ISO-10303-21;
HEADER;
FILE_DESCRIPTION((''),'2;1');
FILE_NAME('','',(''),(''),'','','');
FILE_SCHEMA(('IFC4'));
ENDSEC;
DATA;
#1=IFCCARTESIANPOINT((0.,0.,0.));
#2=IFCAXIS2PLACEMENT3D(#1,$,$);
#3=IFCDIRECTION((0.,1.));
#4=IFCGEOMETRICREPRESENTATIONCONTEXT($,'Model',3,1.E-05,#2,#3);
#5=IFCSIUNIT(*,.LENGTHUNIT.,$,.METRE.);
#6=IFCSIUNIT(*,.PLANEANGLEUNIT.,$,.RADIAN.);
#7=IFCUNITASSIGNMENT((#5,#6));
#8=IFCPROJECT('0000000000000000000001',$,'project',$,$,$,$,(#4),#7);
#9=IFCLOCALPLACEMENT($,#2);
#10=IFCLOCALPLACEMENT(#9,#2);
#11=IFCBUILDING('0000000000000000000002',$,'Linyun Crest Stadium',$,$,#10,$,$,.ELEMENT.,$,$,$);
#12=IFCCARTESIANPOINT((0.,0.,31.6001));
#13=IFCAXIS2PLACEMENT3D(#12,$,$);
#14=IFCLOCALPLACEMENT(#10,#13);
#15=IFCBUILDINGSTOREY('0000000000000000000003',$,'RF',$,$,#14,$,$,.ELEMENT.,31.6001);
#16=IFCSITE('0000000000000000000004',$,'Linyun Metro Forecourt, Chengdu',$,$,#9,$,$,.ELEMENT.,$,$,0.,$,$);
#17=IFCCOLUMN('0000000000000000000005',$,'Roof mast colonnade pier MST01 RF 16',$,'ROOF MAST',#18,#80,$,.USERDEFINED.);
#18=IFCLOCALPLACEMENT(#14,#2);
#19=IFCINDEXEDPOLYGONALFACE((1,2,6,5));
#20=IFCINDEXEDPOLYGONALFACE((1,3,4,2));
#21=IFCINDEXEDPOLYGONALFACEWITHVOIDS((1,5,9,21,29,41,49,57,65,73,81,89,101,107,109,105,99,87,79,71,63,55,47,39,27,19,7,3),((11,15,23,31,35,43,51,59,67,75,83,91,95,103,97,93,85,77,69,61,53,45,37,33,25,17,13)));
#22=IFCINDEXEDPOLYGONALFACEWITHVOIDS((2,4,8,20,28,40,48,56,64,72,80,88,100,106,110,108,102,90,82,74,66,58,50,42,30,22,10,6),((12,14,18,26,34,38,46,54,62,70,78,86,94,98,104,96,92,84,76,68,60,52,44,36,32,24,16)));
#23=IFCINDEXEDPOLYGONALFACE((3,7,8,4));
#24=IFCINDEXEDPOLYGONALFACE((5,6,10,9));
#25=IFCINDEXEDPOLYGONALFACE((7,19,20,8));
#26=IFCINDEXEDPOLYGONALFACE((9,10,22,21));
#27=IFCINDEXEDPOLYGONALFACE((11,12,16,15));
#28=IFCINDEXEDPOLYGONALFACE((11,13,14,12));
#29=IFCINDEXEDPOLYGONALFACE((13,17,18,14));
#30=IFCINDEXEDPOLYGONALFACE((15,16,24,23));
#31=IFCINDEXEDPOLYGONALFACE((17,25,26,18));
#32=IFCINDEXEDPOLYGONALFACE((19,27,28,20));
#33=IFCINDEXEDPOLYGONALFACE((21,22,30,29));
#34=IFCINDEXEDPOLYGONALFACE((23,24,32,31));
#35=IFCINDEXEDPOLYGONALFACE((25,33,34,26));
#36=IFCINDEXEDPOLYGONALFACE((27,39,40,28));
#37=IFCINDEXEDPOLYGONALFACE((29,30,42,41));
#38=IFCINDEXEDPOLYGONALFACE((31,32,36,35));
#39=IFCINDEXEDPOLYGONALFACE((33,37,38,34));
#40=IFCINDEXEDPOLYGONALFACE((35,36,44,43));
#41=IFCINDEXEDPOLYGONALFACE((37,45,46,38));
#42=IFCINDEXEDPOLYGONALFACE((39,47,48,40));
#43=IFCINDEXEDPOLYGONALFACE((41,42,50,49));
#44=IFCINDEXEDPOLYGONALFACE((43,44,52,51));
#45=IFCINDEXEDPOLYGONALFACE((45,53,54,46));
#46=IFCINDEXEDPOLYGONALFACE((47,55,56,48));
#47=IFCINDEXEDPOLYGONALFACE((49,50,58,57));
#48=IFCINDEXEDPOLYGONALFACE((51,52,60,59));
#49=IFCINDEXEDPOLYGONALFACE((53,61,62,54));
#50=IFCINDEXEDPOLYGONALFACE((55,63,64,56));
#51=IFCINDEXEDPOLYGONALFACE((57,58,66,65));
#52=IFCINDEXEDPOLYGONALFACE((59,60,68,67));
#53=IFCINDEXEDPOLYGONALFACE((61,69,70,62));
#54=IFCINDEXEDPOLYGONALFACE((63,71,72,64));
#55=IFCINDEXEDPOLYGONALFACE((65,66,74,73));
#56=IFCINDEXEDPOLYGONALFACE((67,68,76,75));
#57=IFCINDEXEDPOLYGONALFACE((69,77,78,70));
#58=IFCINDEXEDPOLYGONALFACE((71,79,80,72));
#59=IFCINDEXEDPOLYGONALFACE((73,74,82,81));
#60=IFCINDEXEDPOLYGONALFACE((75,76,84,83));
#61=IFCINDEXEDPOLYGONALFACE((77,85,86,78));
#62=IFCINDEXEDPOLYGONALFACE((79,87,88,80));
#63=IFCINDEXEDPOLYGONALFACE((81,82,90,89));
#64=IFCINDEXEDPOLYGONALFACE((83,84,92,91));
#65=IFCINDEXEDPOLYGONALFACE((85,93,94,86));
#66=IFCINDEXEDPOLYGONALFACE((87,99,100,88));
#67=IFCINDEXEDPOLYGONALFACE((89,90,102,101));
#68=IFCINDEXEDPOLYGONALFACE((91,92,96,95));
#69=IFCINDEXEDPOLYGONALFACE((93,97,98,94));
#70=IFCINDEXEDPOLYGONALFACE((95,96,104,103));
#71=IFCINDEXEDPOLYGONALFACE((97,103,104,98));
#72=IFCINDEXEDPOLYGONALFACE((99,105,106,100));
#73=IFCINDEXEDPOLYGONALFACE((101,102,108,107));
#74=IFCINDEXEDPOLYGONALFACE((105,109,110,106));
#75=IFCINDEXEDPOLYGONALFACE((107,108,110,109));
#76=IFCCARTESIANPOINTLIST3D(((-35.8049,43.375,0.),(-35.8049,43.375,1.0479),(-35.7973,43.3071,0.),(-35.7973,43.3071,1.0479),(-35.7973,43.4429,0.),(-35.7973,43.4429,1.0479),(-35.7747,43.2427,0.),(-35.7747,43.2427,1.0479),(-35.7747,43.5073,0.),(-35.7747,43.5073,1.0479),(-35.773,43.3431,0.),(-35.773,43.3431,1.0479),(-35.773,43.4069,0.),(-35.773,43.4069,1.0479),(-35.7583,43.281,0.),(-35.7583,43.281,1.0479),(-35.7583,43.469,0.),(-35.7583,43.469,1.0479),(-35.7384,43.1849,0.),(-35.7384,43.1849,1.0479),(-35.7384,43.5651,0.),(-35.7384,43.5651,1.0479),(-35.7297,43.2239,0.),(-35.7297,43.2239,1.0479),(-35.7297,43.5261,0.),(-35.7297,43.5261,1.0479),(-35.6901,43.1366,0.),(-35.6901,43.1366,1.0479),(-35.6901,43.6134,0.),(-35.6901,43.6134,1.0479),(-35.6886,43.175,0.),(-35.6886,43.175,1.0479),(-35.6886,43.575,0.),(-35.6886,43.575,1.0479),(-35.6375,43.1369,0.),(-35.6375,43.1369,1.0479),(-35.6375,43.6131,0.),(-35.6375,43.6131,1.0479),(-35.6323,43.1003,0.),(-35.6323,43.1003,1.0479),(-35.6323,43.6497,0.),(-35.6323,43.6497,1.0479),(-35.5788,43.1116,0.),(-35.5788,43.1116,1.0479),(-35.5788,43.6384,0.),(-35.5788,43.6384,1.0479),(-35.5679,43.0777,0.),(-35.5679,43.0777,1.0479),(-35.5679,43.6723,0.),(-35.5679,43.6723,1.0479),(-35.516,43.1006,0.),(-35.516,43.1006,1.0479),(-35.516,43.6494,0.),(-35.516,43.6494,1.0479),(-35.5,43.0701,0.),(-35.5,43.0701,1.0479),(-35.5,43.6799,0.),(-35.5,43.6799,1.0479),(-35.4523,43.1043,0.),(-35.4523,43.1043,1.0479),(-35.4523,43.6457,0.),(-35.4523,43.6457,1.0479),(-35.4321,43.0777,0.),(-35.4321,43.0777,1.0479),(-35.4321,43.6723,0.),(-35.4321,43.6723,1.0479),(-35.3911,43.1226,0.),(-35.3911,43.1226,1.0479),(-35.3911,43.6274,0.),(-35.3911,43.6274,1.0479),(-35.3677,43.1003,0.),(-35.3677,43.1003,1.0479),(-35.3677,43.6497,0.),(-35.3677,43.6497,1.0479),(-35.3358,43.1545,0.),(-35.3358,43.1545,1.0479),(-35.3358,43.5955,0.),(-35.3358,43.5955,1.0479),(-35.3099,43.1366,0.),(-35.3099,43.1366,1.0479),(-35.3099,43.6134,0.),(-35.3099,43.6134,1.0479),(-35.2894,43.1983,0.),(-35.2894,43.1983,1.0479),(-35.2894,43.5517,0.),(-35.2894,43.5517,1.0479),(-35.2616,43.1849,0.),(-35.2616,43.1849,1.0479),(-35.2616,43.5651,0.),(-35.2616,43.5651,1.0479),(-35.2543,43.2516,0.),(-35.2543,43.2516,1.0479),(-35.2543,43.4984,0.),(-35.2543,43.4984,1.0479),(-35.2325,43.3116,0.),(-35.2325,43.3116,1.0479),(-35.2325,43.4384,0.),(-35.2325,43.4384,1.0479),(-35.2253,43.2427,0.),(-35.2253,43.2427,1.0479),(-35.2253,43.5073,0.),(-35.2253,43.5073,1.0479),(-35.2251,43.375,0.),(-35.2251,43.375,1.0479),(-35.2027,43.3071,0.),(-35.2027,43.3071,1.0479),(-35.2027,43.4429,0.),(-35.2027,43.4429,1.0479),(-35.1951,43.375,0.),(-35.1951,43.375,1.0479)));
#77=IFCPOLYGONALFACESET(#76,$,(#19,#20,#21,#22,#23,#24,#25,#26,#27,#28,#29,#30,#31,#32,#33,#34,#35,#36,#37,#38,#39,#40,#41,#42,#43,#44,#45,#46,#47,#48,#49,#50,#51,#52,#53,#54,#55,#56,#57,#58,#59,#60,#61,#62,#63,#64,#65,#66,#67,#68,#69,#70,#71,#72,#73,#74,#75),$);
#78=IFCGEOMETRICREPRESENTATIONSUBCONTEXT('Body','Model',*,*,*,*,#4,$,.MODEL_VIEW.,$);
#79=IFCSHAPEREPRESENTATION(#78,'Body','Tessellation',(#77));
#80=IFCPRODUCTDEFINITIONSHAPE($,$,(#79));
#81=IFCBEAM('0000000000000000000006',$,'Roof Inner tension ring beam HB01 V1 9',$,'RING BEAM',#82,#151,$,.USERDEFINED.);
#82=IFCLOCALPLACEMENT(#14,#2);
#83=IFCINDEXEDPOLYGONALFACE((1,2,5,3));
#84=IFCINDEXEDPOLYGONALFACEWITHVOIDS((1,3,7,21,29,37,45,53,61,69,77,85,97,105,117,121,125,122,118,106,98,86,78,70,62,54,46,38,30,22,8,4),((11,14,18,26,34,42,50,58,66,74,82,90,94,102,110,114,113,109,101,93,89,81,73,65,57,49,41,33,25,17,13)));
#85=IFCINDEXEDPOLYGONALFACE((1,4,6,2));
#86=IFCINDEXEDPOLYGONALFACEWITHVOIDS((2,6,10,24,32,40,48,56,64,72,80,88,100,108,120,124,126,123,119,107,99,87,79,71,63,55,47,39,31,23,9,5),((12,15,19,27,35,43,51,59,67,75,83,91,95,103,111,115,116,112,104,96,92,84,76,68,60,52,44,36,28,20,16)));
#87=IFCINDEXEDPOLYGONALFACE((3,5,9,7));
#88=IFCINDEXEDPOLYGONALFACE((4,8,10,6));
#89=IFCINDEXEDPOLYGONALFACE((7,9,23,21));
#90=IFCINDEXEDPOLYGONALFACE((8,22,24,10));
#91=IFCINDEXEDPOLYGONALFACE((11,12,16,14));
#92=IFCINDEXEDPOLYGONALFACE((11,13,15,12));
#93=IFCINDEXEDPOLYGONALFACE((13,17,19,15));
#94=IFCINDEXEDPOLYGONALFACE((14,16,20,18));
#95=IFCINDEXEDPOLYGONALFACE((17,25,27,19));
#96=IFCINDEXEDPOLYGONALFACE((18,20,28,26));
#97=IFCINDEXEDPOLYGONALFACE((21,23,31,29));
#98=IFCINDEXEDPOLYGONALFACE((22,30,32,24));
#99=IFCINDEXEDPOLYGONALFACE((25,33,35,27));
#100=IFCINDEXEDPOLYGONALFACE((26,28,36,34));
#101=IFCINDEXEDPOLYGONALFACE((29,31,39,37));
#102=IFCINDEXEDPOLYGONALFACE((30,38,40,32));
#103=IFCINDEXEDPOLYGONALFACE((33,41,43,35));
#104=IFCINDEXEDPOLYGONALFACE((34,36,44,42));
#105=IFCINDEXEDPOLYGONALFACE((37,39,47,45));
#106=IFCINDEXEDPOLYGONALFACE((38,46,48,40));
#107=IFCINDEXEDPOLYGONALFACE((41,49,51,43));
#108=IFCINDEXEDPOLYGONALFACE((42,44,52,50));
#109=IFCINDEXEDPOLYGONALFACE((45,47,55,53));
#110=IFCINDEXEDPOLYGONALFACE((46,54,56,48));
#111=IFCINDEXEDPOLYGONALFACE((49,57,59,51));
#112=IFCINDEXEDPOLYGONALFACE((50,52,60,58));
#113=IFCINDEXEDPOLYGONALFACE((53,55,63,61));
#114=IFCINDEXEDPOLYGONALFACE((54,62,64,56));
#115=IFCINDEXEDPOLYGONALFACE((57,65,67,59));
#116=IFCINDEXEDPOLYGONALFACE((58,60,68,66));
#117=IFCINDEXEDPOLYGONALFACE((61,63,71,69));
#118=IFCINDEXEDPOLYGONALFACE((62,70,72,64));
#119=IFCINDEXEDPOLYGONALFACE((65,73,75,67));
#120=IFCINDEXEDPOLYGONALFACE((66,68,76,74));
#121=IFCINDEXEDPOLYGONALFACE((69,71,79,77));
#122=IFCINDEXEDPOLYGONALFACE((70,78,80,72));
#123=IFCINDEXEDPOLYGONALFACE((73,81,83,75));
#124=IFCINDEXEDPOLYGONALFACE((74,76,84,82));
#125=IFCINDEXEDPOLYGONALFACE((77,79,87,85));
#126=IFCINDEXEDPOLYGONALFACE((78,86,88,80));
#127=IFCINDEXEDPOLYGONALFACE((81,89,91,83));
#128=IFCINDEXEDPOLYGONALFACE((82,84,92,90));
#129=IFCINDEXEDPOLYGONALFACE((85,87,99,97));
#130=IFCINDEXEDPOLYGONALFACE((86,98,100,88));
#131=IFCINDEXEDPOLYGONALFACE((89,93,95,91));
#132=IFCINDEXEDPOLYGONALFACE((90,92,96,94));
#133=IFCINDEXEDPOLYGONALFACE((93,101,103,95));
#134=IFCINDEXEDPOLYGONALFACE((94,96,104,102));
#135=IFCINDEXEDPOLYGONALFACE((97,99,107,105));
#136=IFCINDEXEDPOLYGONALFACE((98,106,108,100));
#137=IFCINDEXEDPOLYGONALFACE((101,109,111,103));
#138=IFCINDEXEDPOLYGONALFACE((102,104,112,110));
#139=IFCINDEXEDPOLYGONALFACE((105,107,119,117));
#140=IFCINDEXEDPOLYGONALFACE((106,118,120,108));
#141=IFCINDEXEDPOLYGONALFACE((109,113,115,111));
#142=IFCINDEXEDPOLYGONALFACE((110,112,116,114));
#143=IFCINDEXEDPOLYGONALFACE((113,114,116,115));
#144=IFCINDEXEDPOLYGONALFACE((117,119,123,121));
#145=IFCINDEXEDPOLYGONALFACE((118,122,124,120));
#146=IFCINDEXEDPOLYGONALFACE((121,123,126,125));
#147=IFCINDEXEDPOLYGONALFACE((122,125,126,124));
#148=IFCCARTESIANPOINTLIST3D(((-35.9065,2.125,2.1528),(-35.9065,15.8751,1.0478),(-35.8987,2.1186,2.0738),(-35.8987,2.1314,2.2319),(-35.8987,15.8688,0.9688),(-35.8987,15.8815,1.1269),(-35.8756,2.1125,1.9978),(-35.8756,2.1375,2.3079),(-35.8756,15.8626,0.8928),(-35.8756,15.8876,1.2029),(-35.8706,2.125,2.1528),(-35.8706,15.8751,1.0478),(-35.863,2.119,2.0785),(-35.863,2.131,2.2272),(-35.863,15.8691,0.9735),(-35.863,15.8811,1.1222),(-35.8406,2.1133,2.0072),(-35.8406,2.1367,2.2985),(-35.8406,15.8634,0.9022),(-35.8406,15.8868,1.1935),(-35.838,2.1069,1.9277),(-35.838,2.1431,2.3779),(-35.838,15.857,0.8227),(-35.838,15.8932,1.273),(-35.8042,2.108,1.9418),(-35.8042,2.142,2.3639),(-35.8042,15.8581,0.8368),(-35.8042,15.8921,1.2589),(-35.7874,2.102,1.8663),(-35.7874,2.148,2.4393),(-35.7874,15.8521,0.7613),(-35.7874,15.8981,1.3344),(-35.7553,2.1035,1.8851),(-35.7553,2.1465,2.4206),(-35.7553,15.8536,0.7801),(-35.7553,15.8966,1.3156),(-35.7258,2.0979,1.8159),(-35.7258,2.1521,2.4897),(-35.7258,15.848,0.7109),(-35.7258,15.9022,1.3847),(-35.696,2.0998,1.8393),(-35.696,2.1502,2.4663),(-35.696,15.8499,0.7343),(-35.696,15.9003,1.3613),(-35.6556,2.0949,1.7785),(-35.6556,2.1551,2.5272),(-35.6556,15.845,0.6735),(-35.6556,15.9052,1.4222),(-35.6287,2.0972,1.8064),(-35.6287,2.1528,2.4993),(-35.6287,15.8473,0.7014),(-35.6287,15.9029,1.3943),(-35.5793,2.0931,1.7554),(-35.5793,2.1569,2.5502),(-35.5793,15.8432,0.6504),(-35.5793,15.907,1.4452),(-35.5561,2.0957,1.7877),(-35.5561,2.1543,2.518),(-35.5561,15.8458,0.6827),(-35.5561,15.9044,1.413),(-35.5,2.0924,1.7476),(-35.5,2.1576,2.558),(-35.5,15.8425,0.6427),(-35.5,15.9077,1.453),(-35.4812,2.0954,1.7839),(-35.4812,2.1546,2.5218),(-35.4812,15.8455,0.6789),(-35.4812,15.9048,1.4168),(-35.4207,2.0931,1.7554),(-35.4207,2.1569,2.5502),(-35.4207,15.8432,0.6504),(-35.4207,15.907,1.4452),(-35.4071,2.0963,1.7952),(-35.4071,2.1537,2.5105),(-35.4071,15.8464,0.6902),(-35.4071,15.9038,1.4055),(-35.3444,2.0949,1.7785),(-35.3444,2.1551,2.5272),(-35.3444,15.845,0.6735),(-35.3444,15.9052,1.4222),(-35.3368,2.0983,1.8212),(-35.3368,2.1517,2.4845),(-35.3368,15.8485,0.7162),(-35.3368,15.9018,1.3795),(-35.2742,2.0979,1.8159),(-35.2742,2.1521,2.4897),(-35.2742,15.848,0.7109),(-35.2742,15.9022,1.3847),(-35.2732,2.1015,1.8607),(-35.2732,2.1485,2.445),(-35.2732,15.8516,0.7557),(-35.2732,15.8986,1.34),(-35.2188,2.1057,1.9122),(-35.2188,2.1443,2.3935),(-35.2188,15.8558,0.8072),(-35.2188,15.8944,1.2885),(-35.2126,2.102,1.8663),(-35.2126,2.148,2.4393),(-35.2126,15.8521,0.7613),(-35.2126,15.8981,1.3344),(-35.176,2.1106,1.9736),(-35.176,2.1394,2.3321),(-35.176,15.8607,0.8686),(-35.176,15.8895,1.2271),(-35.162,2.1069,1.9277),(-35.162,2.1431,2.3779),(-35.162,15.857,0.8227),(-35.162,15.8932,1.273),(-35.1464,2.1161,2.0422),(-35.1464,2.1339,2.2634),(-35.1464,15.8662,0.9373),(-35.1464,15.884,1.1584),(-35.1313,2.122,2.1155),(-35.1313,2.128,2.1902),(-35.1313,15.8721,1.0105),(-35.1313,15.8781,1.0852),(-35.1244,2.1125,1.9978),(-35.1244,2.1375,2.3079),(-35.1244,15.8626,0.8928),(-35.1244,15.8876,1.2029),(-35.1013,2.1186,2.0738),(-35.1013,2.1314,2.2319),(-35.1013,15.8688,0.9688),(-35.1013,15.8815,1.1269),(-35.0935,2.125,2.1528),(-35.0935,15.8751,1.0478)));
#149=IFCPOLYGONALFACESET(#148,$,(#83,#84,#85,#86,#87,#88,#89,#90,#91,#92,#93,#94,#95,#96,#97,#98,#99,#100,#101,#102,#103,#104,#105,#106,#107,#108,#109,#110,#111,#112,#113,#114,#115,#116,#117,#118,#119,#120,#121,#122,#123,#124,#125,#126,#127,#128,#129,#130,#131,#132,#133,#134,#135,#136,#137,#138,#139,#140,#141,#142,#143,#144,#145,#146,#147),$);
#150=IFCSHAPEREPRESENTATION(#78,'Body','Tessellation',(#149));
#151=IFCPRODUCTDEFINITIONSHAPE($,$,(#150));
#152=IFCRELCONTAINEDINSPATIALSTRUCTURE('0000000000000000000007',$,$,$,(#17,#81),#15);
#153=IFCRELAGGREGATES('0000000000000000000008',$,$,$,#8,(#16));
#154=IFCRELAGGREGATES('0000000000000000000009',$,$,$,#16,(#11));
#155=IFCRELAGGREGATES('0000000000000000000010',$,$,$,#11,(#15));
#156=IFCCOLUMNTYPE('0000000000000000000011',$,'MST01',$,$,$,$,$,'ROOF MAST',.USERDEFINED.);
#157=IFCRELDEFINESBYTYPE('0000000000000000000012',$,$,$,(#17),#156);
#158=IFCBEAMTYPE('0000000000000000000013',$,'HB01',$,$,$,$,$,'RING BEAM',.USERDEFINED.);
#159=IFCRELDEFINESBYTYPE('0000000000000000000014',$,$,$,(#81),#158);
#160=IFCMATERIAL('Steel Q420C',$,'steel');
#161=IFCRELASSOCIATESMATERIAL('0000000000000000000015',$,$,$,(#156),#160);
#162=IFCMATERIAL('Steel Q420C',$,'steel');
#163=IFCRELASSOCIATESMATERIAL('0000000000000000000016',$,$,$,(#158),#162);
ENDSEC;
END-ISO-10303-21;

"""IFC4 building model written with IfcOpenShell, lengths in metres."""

from ifc_helpers import new_model, si_unit, direction, frame, origin, origin_2d, place, context, subcontext, project, spatial, hollow_circle, extrude, material, material_profile, profile_set, type_object, element, save


model = new_model("IFC4")

# Units and contexts
model_context = context("Model", 3, precision=1e-05, world=origin(), true_north=direction((0.0, 1.0)))
body_context = subcontext(model_context, "Body", "Model", "MODEL_VIEW")
ifc_project = project(units=[si_unit("LENGTHUNIT", "METRE"), si_unit("PLANEANGLEUNIT", "RADIAN")], contexts=[model_context])

# Site, building, storey
site_placement = place(None, origin())
site = spatial("IfcSite", under=ifc_project, at=site_placement, Name="Linyun Metro Forecourt, Chengdu", CompositionType="ELEMENT", RefElevation=0.0)
building_placement = place(site_placement, origin())
building = spatial("IfcBuilding", under=site, at=building_placement, Name="Linyun Crest Stadium", CompositionType="ELEMENT")
storey_placement = place(building_placement, frame((0.0, 0.0, 31.6001)))
storey = spatial("IfcBuildingStorey", under=building, at=storey_placement, Name="RF", CompositionType="ELEMENT", Elevation=31.6001)

# Column
ifc_material_1 = material(Name="Steel Q420C", Category="steel")
ifc_material_profile_1 = material_profile(ifc_material_1, hollow_circle(Radius=0.3049, WallThickness=0.03, at=origin_2d()), Name="CHS 610x30")
ifc_profile_set_1 = profile_set([ifc_material_profile_1], Name="Steel Q420C")
column_type = type_object("IfcColumnType", Name="MST01", ElementType="ROOF MAST", PredefinedType="USERDEFINED", material=ifc_profile_set_1)
column_1_placement = place(storey_placement, frame((-35.5, 43.375, 0.0), z_axis=(0.0, 0.0, 1.0), x_axis=(1.0, 0.0, 0.0)))
element("IfcColumn", 1, at=column_1_placement, inside=storey, type_object=column_type, Name="Roof mast colonnade pier MST01 RF 16", ObjectType="ROOF MAST", PredefinedType="USERDEFINED", context=body_context, shape_type="SweptSolid", body=[
    extrude(hollow_circle(Radius=0.3049, WallThickness=0.03, at=origin_2d()), origin(), (0.0, 0.0, 1.0), 1.0479),
])

# Beam
ifc_material_2 = material(Name="Steel Q420C", Category="steel")
ifc_material_profile_2 = material_profile(ifc_material_2, hollow_circle(Radius=0.4065, WallThickness=0.0359, at=origin_2d()), Name="CHS 813x36")
ifc_profile_set_2 = profile_set([ifc_material_profile_2], Name="Steel Q420C")
beam_type = type_object("IfcBeamType", Name="HB01", ElementType="RING BEAM", PredefinedType="USERDEFINED", material=ifc_profile_set_2)
for number, where, z_axis, x_axis, name in (
    (2, (-35.5, 2.125, 2.1528), (0.0, 0.996787, -0.080104), (-1.0, 0.0, 0.0), "Roof Inner tension ring beam HB01 V1 9"),
):
    element("IfcBeam", number, at=place(storey_placement, frame(where, z_axis=z_axis, x_axis=x_axis)), inside=storey, type_object=beam_type, Name=name, ObjectType="RING BEAM", PredefinedType="USERDEFINED", context=body_context, shape_type="SweptSolid", body=[
        extrude(hollow_circle(Radius=0.4065, WallThickness=0.0359, at=origin_2d()), origin(), (0.0, 0.0, 1.0), 13.7944),
    ])

save(model, "model.ifc")
